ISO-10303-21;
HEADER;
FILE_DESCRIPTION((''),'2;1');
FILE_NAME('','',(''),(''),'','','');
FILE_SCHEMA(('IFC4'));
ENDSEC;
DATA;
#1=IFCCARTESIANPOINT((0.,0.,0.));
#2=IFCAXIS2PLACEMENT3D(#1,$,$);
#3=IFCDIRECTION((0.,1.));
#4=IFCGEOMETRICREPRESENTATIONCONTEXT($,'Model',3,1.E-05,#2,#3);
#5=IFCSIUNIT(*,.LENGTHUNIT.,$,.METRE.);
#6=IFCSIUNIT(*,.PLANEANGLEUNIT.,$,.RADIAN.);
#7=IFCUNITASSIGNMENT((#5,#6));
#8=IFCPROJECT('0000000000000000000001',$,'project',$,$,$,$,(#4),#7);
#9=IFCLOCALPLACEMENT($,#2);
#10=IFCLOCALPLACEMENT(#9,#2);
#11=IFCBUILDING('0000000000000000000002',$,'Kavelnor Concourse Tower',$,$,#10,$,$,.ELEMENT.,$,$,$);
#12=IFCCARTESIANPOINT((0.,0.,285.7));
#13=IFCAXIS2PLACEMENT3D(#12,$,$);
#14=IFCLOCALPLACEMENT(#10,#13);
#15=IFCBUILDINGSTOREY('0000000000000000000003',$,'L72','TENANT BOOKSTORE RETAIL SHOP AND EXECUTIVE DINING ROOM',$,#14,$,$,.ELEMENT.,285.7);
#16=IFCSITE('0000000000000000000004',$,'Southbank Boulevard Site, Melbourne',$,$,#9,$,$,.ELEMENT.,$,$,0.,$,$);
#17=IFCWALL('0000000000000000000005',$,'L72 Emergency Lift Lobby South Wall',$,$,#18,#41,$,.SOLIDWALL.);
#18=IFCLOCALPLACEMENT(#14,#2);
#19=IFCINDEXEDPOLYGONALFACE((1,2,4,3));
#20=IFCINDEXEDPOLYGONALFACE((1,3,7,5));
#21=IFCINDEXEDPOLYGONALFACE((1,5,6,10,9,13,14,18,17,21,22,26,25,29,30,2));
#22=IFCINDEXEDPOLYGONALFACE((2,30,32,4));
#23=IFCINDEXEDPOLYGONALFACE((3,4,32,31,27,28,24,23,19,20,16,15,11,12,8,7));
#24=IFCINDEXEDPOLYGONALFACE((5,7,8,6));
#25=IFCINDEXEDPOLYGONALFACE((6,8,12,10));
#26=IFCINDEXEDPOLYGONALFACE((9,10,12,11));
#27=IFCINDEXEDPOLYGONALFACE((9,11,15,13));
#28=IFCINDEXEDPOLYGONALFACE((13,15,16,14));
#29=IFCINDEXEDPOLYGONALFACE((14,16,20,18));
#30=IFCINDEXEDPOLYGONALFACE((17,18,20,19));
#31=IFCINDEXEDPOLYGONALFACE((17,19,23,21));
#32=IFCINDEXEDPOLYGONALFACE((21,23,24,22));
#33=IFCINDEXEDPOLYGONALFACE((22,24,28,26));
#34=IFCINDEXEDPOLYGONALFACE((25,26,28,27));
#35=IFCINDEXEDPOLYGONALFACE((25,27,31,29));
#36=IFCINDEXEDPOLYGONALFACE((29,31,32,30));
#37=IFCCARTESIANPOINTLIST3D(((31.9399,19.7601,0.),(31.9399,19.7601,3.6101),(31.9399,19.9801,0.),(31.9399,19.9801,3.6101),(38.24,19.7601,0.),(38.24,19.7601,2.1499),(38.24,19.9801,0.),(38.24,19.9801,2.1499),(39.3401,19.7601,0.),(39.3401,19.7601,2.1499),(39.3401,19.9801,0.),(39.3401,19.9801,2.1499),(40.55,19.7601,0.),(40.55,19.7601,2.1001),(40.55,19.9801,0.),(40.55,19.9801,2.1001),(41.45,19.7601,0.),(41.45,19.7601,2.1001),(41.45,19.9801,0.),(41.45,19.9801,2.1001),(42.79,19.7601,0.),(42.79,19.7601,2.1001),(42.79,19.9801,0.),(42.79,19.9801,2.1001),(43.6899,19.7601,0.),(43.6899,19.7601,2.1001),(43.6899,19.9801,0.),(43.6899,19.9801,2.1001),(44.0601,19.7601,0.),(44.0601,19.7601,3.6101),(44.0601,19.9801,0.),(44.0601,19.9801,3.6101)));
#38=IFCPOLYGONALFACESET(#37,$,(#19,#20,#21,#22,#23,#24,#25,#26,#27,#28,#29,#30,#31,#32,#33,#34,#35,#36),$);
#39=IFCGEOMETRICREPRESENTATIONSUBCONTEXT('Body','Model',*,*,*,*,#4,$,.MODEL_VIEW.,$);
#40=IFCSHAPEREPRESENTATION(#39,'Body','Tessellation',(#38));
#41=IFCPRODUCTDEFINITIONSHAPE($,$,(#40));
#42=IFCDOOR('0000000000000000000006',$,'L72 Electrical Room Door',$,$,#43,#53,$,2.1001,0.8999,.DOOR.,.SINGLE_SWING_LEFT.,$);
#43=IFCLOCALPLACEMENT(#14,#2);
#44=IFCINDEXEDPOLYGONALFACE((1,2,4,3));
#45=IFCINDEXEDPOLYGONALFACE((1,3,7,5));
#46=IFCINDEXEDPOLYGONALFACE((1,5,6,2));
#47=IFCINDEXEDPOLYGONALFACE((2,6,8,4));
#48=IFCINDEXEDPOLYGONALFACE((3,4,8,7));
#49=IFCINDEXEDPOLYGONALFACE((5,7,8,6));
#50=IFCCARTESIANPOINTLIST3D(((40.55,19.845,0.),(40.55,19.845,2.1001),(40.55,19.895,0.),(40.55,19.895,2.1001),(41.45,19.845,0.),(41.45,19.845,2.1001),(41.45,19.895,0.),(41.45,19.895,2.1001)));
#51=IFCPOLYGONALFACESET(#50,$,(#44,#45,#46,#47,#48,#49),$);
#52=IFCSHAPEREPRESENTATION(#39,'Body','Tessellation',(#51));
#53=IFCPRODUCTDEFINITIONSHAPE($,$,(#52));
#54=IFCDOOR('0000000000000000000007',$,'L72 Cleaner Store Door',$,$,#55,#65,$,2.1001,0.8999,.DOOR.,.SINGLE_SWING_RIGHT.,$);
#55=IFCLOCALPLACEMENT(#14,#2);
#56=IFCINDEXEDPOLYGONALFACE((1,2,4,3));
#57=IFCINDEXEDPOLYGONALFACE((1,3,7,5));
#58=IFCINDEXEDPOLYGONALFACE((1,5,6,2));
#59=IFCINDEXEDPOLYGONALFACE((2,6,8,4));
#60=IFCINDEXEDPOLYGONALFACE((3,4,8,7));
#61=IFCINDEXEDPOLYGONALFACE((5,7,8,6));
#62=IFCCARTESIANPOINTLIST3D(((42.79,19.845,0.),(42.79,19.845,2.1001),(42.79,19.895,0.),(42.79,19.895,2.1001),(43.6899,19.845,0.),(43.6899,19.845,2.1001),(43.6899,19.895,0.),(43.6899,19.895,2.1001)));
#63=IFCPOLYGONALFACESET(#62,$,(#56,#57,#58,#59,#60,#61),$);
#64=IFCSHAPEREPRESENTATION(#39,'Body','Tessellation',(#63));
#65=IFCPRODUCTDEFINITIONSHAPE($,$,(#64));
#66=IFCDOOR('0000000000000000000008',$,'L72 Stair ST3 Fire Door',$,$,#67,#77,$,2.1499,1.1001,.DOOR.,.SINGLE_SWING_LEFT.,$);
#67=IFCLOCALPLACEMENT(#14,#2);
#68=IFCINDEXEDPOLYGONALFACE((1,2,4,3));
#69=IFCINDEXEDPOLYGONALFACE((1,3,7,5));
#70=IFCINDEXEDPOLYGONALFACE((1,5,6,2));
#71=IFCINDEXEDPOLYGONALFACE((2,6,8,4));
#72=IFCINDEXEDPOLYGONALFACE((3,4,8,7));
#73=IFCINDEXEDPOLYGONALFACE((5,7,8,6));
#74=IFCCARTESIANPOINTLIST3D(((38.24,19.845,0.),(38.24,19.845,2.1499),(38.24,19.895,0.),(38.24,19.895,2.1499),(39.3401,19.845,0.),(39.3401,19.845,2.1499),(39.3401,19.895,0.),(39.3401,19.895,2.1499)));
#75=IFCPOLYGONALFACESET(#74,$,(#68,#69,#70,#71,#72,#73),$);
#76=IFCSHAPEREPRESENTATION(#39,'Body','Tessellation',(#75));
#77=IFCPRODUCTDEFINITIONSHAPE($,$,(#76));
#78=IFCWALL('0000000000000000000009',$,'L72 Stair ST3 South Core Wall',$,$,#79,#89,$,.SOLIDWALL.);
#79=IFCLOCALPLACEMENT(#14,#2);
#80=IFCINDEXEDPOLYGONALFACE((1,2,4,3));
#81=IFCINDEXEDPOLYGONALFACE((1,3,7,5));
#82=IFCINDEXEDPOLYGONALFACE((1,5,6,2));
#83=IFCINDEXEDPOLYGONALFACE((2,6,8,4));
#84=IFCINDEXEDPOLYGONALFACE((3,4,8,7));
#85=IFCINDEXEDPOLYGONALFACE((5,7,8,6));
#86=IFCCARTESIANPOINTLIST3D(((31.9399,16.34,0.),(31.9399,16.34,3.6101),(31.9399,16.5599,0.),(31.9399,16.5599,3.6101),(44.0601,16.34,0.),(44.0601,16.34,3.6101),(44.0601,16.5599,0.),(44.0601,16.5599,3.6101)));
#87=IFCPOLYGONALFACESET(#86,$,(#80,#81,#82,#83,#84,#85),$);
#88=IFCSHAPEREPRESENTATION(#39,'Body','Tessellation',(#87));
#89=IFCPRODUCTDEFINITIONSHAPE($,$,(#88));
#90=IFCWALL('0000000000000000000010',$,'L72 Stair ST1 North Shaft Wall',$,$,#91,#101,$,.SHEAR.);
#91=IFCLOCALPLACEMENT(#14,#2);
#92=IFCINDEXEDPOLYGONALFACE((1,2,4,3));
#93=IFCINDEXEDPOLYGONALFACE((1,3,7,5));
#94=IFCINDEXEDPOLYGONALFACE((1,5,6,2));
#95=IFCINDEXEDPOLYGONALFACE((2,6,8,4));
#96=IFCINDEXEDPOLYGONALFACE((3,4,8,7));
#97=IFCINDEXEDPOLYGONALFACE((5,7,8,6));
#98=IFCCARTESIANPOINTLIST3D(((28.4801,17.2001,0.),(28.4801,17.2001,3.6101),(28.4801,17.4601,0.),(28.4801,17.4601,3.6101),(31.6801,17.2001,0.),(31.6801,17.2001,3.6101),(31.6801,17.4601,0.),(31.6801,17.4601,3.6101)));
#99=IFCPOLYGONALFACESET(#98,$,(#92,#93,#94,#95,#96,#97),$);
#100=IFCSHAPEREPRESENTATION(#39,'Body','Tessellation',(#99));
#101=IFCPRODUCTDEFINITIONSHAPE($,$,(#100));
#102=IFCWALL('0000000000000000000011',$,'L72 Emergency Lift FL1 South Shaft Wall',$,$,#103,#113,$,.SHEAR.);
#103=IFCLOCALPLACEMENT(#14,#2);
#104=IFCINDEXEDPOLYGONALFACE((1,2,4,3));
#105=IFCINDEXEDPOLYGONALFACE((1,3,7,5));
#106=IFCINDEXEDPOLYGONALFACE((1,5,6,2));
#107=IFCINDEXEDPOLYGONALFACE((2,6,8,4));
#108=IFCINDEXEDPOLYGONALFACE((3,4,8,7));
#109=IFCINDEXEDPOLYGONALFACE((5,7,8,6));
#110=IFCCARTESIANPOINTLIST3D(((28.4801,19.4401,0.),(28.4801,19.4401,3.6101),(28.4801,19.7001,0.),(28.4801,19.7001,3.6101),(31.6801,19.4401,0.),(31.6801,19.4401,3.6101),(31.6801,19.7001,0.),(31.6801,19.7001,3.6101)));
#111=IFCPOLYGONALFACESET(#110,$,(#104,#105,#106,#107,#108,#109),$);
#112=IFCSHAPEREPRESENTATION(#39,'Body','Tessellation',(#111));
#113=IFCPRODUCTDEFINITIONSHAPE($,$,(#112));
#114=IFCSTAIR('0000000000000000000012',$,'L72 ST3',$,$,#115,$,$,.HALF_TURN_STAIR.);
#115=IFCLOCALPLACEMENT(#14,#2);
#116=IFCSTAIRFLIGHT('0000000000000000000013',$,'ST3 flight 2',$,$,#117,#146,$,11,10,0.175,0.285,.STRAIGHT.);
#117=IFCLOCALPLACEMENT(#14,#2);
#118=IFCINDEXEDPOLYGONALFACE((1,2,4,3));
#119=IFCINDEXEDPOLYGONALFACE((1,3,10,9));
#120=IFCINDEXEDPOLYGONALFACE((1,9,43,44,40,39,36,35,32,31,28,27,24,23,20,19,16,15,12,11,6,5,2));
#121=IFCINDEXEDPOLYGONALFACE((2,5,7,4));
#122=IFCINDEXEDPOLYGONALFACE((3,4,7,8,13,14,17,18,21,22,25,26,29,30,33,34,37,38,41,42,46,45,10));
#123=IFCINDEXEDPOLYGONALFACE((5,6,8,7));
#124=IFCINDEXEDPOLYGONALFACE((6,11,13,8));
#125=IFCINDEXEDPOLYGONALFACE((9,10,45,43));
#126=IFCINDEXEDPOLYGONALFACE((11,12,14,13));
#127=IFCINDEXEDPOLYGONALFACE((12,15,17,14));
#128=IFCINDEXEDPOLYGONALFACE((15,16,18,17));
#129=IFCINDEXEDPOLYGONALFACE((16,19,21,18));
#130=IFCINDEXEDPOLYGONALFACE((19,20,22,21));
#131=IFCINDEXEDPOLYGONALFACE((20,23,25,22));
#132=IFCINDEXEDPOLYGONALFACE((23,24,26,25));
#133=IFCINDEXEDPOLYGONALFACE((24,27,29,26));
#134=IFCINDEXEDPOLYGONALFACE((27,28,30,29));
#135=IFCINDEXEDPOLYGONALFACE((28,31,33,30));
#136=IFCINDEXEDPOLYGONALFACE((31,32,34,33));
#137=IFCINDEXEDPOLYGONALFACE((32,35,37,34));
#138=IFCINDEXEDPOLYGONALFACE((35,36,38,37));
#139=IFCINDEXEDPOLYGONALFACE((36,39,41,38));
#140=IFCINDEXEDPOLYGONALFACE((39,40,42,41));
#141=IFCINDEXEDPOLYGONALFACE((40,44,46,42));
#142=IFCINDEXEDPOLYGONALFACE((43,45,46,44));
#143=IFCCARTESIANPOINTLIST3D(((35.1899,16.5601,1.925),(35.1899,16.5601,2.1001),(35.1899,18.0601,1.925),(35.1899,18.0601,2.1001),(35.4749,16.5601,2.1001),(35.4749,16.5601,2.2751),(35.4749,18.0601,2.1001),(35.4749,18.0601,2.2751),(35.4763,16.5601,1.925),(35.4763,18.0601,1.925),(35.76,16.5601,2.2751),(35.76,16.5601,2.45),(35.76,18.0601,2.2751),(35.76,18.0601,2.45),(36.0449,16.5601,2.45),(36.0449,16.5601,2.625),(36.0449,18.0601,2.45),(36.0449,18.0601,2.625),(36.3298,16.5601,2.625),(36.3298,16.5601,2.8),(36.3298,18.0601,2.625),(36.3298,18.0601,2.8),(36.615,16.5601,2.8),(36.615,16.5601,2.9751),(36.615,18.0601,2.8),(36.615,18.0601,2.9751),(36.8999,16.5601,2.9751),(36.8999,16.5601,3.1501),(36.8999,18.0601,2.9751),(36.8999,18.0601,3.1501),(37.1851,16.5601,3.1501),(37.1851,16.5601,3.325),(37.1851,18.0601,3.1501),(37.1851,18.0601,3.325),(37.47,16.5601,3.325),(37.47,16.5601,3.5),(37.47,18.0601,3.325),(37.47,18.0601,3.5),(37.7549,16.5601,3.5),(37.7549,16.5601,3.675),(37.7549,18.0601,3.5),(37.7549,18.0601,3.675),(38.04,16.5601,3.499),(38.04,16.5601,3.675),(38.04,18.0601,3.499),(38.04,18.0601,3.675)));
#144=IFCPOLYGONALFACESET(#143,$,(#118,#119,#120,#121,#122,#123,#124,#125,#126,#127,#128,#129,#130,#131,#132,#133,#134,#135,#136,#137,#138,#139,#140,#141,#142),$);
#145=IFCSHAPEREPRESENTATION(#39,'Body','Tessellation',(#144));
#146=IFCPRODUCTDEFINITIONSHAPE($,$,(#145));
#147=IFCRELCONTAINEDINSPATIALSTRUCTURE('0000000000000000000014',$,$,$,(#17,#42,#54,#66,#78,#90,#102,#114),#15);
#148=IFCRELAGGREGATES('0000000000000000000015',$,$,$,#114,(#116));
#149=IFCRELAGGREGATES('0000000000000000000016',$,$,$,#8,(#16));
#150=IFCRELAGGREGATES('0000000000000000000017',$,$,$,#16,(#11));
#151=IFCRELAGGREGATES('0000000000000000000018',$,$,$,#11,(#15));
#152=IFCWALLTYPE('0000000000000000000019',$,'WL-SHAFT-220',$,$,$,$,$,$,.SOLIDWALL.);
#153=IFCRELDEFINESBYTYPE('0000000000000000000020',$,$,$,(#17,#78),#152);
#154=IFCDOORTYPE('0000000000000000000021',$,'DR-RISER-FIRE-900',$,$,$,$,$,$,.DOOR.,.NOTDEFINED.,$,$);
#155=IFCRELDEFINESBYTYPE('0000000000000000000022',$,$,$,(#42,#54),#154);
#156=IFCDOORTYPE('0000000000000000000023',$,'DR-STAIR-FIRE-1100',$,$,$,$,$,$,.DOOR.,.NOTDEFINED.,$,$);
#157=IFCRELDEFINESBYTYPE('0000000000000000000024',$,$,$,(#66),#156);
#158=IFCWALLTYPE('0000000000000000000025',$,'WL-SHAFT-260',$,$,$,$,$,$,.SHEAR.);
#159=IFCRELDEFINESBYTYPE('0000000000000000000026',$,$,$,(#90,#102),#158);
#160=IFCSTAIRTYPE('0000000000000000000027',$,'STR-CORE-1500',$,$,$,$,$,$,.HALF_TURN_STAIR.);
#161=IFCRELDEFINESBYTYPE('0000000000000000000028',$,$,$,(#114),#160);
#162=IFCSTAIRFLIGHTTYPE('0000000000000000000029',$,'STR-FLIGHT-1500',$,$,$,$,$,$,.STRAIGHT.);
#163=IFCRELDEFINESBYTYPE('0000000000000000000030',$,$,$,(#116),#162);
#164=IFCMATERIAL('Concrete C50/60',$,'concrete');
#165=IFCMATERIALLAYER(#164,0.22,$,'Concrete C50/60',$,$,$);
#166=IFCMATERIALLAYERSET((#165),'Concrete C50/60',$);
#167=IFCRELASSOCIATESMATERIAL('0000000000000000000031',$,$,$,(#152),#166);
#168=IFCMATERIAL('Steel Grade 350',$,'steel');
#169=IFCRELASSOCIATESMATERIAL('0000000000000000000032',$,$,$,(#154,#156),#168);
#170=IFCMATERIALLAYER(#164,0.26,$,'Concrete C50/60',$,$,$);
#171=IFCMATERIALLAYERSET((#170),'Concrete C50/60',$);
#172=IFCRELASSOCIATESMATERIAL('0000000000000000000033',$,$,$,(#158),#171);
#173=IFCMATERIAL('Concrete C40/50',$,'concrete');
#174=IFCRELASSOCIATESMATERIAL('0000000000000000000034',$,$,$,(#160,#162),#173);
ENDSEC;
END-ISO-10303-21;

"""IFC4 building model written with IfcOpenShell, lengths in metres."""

from ifc_helpers import new_model, si_unit, direction, frame, frame_2d, origin, place, context, subcontext, project, spatial, polyline, rectangle, outline, extrude, material, layer, layer_set, type_object, element, fill, aggregate, save


model = new_model("IFC4")

# Units and contexts
model_context = context("Model", 3, precision=1e-05, world=origin(), true_north=direction((0.0, 1.0)))
body_context = subcontext(model_context, "Body", "Model", "MODEL_VIEW")
ifc_project = project(units=[si_unit("LENGTHUNIT", "METRE"), si_unit("PLANEANGLEUNIT", "RADIAN")], contexts=[model_context])

# Site, building, storey
site_placement = place(None, origin())
site = spatial("IfcSite", under=ifc_project, at=site_placement, Name="Southbank Boulevard Site, Melbourne", CompositionType="ELEMENT", RefElevation=0.0)
building_placement = place(site_placement, origin())
building = spatial("IfcBuilding", under=site, at=building_placement, Name="Kavelnor Concourse Tower", CompositionType="ELEMENT")
storey_placement = place(building_placement, frame((0.0, 0.0, 285.7)))
storey = spatial("IfcBuildingStorey", under=building, at=storey_placement, Name="L72", Description="TENANT BOOKSTORE RETAIL SHOP AND EXECUTIVE DINING ROOM", CompositionType="ELEMENT", Elevation=285.7)

# Shared definitions
ifc_material_1 = material(Name="Steel Grade 350", Category="steel")

# Wall, openings, doors
ifc_material_2 = material(Name="Concrete C50/60", Category="concrete")
ifc_layer_1 = layer(ifc_material_2, 0.22, Name="Concrete C50/60")
ifc_layer_set_1 = layer_set([ifc_layer_1], Name="Concrete C50/60")
wall_type_1 = type_object("IfcWallType", Name="WL-SHAFT-220", PredefinedType="SOLIDWALL", material=ifc_layer_set_1)
wall_1_placement = place(storey_placement, frame((31.9399, 19.8701, 0.0), z_axis=(0.0, 0.0, 1.0), x_axis=(1.0, 0.0, 0.0)))
wall_1 = element("IfcWall", 1, at=wall_1_placement, inside=storey, type_object=wall_type_1, Name="L72 Emergency Lift Lobby South Wall", PredefinedType="SOLIDWALL", context=body_context, shape_type="SweptSolid", body=[
    extrude(rectangle(XDim=12.1201, YDim=0.22, at=frame_2d((6.0601, 0.0))), origin(), (0.0, 0.0, 1.0), 3.6101),
])
opening_1_placement = place(wall_1_placement, frame((6.3, 0.0, 0.0)))
opening_1 = element("IfcOpeningElement", 2, at=opening_1_placement, cuts=wall_1, PredefinedType="OPENING", context=body_context, shape_type="SweptSolid", body=[
    extrude(rectangle(XDim=1.1001, YDim=2.1499, at=frame_2d((0.55, 1.075))), frame((0.0, 0.1201, 0.0), z_axis=(0.0, -1.0, 0.0), x_axis=(1.0, 0.0, 0.0)), (0.0, 0.0, 1.0), 0.24),
])
opening_2_placement = place(wall_1_placement, frame((8.6101, 0.0, 0.0)))
opening_2 = element("IfcOpeningElement", 3, at=opening_2_placement, cuts=wall_1, PredefinedType="OPENING", context=body_context, shape_type="SweptSolid", body=[
    extrude(rectangle(XDim=0.8999, YDim=2.1001, at=frame_2d((0.45, 1.05))), frame((0.0, 0.1201, 0.0), z_axis=(0.0, -1.0, 0.0), x_axis=(1.0, 0.0, 0.0)), (0.0, 0.0, 1.0), 0.24),
])
opening_3_placement = place(wall_1_placement, frame((10.8501, 0.0, 0.0)))
opening_3 = element("IfcOpeningElement", 4, at=opening_3_placement, cuts=wall_1, PredefinedType="OPENING", context=body_context, shape_type="SweptSolid", body=[
    extrude(rectangle(XDim=0.8999, YDim=2.1001, at=frame_2d((0.45, 1.05))), frame((0.0, 0.1201, 0.0), z_axis=(0.0, -1.0, 0.0), x_axis=(1.0, 0.0, 0.0)), (0.0, 0.0, 1.0), 0.24),
])
door_type_1 = type_object("IfcDoorType", Name="DR-RISER-FIRE-900", OperationType="NOTDEFINED", PredefinedType="DOOR", material=ifc_material_1)
door_1_placement = place(opening_2_placement, origin())
door_1 = element("IfcDoor", 5, at=door_1_placement, inside=storey, type_object=door_type_1, Name="L72 Electrical Room Door", OperationType="SINGLE_SWING_LEFT", OverallHeight=2.1001, OverallWidth=0.8999, PredefinedType="DOOR", context=body_context, shape_type="SweptSolid", body=[
    extrude(rectangle(XDim=0.8999, YDim=2.1001, at=frame_2d((0.45, 1.05))), frame((0.0, 0.0249, 0.0), z_axis=(0.0, -1.0, 0.0), x_axis=(1.0, 0.0, 0.0)), (0.0, 0.0, 1.0), 0.05),
])
fill(opening_2, door_1)
door_2_placement = place(opening_3_placement, origin())
door_2 = element("IfcDoor", 6, at=door_2_placement, inside=storey, type_object=door_type_1, Name="L72 Cleaner Store Door", OperationType="SINGLE_SWING_RIGHT", OverallHeight=2.1001, OverallWidth=0.8999, PredefinedType="DOOR", context=body_context, shape_type="SweptSolid", body=[
    extrude(rectangle(XDim=0.8999, YDim=2.1001, at=frame_2d((0.45, 1.05))), frame((0.0, 0.0249, 0.0), z_axis=(0.0, -1.0, 0.0), x_axis=(1.0, 0.0, 0.0)), (0.0, 0.0, 1.0), 0.05),
])
fill(opening_3, door_2)
door_type_2 = type_object("IfcDoorType", Name="DR-STAIR-FIRE-1100", OperationType="NOTDEFINED", PredefinedType="DOOR", material=ifc_material_1)
door_3_placement = place(opening_1_placement, origin())
door_3 = element("IfcDoor", 7, at=door_3_placement, inside=storey, type_object=door_type_2, Name="L72 Stair ST3 Fire Door", OperationType="SINGLE_SWING_LEFT", OverallHeight=2.1499, OverallWidth=1.1001, PredefinedType="DOOR", context=body_context, shape_type="SweptSolid", body=[
    extrude(rectangle(XDim=1.1001, YDim=2.1499, at=frame_2d((0.55, 1.075))), frame((0.0, 0.0249, 0.0), z_axis=(0.0, -1.0, 0.0), x_axis=(1.0, 0.0, 0.0)), (0.0, 0.0, 1.0), 0.05),
])
fill(opening_1, door_3)

# Walls
wall_2_placement = place(storey_placement, frame((31.9399, 16.45, 0.0), z_axis=(0.0, 0.0, 1.0), x_axis=(1.0, 0.0, 0.0)))
element("IfcWall", 8, at=wall_2_placement, inside=storey, type_object=wall_type_1, Name="L72 Stair ST3 South Core Wall", PredefinedType="SOLIDWALL", context=body_context, shape_type="SweptSolid", body=[
    extrude(rectangle(XDim=12.1201, YDim=0.22, at=frame_2d((6.0601, 0.0))), origin(), (0.0, 0.0, 1.0), 3.6101),
])
ifc_layer_2 = layer(ifc_material_2, 0.26, Name="Concrete C50/60")
ifc_layer_set_2 = layer_set([ifc_layer_2], Name="Concrete C50/60")
wall_type_2 = type_object("IfcWallType", Name="WL-SHAFT-260", PredefinedType="SHEAR", material=ifc_layer_set_2)
for number, where, z_axis, x_axis, name in (
    (9, (28.48, 17.3301, 0.0), (0.0, 0.0, 1.0), (1.0, 0.0, 0.0), "L72 Stair ST1 North Shaft Wall"),
    (10, (28.48, 19.5701, 0.0), (0.0, 0.0, 1.0), (1.0, 0.0, 0.0), "L72 Emergency Lift FL1 South Shaft Wall"),
):
    element("IfcWall", number, at=place(storey_placement, frame(where, z_axis=z_axis, x_axis=x_axis)), inside=storey, type_object=wall_type_2, Name=name, PredefinedType="SHEAR", context=body_context, shape_type="SweptSolid", body=[
        extrude(rectangle(XDim=3.2, YDim=0.26, at=frame_2d((1.6001, 0.0))), origin(), (0.0, 0.0, 1.0), 3.6101),
    ])

# Stair, stair flight
ifc_material_3 = material(Name="Concrete C40/50", Category="concrete")
stair_type = type_object("IfcStairType", Name="STR-CORE-1500", PredefinedType="HALF_TURN_STAIR", material=ifc_material_3)
stair_placement = place(storey_placement, origin())
stair = element("IfcStair", 11, at=stair_placement, inside=storey, type_object=stair_type, Name="L72 ST3", PredefinedType="HALF_TURN_STAIR")
stair_flight_type = type_object("IfcStairFlightType", Name="STR-FLIGHT-1500", PredefinedType="STRAIGHT", material=ifc_material_3)
stair_flight_placement = place(storey_placement, frame((35.1899, 17.3101, 1.925), z_axis=(0.0, 0.0, 1.0), x_axis=(1.0, 0.0, 0.0)))
stair_flight = element("IfcStairFlight", 12, at=stair_flight_placement, type_object=stair_flight_type, Name="ST3 flight 2", NumberOfRisers=11, NumberOfTreads=10, PredefinedType="STRAIGHT", RiserHeight=0.175, TreadLength=0.285, context=body_context, shape_type="SweptSolid", body=[
    extrude(outline(polyline([(0.0, 0.0), (0.0, 0.175), (0.2849, 0.175), (0.2849, 0.3501), (0.5701, 0.3501), (0.5701, 0.5249), (0.855, 0.5249), (0.855, 0.7), (1.1399, 0.7), (1.1399, 0.875), (1.425, 0.875), (1.425, 1.05), (1.71, 1.05), (1.71, 1.2251), (1.9951, 1.2251), (1.9951, 1.3999), (2.28, 1.3999), (2.28, 1.575), (2.5649, 1.575), (2.5649, 1.75), (2.8501, 1.75), (2.8501, 1.925), (2.8501, 1.574), (0.2864, 0.0), (0.0, 0.0)])), frame((0.0, 0.75, 0.0), z_axis=(0.0, -1.0, 0.0), x_axis=(1.0, 0.0, 0.0)), (0.0, 0.0, 1.0), 1.5),
])
aggregate(stair, [stair_flight])

save(model, "model.ifc")
